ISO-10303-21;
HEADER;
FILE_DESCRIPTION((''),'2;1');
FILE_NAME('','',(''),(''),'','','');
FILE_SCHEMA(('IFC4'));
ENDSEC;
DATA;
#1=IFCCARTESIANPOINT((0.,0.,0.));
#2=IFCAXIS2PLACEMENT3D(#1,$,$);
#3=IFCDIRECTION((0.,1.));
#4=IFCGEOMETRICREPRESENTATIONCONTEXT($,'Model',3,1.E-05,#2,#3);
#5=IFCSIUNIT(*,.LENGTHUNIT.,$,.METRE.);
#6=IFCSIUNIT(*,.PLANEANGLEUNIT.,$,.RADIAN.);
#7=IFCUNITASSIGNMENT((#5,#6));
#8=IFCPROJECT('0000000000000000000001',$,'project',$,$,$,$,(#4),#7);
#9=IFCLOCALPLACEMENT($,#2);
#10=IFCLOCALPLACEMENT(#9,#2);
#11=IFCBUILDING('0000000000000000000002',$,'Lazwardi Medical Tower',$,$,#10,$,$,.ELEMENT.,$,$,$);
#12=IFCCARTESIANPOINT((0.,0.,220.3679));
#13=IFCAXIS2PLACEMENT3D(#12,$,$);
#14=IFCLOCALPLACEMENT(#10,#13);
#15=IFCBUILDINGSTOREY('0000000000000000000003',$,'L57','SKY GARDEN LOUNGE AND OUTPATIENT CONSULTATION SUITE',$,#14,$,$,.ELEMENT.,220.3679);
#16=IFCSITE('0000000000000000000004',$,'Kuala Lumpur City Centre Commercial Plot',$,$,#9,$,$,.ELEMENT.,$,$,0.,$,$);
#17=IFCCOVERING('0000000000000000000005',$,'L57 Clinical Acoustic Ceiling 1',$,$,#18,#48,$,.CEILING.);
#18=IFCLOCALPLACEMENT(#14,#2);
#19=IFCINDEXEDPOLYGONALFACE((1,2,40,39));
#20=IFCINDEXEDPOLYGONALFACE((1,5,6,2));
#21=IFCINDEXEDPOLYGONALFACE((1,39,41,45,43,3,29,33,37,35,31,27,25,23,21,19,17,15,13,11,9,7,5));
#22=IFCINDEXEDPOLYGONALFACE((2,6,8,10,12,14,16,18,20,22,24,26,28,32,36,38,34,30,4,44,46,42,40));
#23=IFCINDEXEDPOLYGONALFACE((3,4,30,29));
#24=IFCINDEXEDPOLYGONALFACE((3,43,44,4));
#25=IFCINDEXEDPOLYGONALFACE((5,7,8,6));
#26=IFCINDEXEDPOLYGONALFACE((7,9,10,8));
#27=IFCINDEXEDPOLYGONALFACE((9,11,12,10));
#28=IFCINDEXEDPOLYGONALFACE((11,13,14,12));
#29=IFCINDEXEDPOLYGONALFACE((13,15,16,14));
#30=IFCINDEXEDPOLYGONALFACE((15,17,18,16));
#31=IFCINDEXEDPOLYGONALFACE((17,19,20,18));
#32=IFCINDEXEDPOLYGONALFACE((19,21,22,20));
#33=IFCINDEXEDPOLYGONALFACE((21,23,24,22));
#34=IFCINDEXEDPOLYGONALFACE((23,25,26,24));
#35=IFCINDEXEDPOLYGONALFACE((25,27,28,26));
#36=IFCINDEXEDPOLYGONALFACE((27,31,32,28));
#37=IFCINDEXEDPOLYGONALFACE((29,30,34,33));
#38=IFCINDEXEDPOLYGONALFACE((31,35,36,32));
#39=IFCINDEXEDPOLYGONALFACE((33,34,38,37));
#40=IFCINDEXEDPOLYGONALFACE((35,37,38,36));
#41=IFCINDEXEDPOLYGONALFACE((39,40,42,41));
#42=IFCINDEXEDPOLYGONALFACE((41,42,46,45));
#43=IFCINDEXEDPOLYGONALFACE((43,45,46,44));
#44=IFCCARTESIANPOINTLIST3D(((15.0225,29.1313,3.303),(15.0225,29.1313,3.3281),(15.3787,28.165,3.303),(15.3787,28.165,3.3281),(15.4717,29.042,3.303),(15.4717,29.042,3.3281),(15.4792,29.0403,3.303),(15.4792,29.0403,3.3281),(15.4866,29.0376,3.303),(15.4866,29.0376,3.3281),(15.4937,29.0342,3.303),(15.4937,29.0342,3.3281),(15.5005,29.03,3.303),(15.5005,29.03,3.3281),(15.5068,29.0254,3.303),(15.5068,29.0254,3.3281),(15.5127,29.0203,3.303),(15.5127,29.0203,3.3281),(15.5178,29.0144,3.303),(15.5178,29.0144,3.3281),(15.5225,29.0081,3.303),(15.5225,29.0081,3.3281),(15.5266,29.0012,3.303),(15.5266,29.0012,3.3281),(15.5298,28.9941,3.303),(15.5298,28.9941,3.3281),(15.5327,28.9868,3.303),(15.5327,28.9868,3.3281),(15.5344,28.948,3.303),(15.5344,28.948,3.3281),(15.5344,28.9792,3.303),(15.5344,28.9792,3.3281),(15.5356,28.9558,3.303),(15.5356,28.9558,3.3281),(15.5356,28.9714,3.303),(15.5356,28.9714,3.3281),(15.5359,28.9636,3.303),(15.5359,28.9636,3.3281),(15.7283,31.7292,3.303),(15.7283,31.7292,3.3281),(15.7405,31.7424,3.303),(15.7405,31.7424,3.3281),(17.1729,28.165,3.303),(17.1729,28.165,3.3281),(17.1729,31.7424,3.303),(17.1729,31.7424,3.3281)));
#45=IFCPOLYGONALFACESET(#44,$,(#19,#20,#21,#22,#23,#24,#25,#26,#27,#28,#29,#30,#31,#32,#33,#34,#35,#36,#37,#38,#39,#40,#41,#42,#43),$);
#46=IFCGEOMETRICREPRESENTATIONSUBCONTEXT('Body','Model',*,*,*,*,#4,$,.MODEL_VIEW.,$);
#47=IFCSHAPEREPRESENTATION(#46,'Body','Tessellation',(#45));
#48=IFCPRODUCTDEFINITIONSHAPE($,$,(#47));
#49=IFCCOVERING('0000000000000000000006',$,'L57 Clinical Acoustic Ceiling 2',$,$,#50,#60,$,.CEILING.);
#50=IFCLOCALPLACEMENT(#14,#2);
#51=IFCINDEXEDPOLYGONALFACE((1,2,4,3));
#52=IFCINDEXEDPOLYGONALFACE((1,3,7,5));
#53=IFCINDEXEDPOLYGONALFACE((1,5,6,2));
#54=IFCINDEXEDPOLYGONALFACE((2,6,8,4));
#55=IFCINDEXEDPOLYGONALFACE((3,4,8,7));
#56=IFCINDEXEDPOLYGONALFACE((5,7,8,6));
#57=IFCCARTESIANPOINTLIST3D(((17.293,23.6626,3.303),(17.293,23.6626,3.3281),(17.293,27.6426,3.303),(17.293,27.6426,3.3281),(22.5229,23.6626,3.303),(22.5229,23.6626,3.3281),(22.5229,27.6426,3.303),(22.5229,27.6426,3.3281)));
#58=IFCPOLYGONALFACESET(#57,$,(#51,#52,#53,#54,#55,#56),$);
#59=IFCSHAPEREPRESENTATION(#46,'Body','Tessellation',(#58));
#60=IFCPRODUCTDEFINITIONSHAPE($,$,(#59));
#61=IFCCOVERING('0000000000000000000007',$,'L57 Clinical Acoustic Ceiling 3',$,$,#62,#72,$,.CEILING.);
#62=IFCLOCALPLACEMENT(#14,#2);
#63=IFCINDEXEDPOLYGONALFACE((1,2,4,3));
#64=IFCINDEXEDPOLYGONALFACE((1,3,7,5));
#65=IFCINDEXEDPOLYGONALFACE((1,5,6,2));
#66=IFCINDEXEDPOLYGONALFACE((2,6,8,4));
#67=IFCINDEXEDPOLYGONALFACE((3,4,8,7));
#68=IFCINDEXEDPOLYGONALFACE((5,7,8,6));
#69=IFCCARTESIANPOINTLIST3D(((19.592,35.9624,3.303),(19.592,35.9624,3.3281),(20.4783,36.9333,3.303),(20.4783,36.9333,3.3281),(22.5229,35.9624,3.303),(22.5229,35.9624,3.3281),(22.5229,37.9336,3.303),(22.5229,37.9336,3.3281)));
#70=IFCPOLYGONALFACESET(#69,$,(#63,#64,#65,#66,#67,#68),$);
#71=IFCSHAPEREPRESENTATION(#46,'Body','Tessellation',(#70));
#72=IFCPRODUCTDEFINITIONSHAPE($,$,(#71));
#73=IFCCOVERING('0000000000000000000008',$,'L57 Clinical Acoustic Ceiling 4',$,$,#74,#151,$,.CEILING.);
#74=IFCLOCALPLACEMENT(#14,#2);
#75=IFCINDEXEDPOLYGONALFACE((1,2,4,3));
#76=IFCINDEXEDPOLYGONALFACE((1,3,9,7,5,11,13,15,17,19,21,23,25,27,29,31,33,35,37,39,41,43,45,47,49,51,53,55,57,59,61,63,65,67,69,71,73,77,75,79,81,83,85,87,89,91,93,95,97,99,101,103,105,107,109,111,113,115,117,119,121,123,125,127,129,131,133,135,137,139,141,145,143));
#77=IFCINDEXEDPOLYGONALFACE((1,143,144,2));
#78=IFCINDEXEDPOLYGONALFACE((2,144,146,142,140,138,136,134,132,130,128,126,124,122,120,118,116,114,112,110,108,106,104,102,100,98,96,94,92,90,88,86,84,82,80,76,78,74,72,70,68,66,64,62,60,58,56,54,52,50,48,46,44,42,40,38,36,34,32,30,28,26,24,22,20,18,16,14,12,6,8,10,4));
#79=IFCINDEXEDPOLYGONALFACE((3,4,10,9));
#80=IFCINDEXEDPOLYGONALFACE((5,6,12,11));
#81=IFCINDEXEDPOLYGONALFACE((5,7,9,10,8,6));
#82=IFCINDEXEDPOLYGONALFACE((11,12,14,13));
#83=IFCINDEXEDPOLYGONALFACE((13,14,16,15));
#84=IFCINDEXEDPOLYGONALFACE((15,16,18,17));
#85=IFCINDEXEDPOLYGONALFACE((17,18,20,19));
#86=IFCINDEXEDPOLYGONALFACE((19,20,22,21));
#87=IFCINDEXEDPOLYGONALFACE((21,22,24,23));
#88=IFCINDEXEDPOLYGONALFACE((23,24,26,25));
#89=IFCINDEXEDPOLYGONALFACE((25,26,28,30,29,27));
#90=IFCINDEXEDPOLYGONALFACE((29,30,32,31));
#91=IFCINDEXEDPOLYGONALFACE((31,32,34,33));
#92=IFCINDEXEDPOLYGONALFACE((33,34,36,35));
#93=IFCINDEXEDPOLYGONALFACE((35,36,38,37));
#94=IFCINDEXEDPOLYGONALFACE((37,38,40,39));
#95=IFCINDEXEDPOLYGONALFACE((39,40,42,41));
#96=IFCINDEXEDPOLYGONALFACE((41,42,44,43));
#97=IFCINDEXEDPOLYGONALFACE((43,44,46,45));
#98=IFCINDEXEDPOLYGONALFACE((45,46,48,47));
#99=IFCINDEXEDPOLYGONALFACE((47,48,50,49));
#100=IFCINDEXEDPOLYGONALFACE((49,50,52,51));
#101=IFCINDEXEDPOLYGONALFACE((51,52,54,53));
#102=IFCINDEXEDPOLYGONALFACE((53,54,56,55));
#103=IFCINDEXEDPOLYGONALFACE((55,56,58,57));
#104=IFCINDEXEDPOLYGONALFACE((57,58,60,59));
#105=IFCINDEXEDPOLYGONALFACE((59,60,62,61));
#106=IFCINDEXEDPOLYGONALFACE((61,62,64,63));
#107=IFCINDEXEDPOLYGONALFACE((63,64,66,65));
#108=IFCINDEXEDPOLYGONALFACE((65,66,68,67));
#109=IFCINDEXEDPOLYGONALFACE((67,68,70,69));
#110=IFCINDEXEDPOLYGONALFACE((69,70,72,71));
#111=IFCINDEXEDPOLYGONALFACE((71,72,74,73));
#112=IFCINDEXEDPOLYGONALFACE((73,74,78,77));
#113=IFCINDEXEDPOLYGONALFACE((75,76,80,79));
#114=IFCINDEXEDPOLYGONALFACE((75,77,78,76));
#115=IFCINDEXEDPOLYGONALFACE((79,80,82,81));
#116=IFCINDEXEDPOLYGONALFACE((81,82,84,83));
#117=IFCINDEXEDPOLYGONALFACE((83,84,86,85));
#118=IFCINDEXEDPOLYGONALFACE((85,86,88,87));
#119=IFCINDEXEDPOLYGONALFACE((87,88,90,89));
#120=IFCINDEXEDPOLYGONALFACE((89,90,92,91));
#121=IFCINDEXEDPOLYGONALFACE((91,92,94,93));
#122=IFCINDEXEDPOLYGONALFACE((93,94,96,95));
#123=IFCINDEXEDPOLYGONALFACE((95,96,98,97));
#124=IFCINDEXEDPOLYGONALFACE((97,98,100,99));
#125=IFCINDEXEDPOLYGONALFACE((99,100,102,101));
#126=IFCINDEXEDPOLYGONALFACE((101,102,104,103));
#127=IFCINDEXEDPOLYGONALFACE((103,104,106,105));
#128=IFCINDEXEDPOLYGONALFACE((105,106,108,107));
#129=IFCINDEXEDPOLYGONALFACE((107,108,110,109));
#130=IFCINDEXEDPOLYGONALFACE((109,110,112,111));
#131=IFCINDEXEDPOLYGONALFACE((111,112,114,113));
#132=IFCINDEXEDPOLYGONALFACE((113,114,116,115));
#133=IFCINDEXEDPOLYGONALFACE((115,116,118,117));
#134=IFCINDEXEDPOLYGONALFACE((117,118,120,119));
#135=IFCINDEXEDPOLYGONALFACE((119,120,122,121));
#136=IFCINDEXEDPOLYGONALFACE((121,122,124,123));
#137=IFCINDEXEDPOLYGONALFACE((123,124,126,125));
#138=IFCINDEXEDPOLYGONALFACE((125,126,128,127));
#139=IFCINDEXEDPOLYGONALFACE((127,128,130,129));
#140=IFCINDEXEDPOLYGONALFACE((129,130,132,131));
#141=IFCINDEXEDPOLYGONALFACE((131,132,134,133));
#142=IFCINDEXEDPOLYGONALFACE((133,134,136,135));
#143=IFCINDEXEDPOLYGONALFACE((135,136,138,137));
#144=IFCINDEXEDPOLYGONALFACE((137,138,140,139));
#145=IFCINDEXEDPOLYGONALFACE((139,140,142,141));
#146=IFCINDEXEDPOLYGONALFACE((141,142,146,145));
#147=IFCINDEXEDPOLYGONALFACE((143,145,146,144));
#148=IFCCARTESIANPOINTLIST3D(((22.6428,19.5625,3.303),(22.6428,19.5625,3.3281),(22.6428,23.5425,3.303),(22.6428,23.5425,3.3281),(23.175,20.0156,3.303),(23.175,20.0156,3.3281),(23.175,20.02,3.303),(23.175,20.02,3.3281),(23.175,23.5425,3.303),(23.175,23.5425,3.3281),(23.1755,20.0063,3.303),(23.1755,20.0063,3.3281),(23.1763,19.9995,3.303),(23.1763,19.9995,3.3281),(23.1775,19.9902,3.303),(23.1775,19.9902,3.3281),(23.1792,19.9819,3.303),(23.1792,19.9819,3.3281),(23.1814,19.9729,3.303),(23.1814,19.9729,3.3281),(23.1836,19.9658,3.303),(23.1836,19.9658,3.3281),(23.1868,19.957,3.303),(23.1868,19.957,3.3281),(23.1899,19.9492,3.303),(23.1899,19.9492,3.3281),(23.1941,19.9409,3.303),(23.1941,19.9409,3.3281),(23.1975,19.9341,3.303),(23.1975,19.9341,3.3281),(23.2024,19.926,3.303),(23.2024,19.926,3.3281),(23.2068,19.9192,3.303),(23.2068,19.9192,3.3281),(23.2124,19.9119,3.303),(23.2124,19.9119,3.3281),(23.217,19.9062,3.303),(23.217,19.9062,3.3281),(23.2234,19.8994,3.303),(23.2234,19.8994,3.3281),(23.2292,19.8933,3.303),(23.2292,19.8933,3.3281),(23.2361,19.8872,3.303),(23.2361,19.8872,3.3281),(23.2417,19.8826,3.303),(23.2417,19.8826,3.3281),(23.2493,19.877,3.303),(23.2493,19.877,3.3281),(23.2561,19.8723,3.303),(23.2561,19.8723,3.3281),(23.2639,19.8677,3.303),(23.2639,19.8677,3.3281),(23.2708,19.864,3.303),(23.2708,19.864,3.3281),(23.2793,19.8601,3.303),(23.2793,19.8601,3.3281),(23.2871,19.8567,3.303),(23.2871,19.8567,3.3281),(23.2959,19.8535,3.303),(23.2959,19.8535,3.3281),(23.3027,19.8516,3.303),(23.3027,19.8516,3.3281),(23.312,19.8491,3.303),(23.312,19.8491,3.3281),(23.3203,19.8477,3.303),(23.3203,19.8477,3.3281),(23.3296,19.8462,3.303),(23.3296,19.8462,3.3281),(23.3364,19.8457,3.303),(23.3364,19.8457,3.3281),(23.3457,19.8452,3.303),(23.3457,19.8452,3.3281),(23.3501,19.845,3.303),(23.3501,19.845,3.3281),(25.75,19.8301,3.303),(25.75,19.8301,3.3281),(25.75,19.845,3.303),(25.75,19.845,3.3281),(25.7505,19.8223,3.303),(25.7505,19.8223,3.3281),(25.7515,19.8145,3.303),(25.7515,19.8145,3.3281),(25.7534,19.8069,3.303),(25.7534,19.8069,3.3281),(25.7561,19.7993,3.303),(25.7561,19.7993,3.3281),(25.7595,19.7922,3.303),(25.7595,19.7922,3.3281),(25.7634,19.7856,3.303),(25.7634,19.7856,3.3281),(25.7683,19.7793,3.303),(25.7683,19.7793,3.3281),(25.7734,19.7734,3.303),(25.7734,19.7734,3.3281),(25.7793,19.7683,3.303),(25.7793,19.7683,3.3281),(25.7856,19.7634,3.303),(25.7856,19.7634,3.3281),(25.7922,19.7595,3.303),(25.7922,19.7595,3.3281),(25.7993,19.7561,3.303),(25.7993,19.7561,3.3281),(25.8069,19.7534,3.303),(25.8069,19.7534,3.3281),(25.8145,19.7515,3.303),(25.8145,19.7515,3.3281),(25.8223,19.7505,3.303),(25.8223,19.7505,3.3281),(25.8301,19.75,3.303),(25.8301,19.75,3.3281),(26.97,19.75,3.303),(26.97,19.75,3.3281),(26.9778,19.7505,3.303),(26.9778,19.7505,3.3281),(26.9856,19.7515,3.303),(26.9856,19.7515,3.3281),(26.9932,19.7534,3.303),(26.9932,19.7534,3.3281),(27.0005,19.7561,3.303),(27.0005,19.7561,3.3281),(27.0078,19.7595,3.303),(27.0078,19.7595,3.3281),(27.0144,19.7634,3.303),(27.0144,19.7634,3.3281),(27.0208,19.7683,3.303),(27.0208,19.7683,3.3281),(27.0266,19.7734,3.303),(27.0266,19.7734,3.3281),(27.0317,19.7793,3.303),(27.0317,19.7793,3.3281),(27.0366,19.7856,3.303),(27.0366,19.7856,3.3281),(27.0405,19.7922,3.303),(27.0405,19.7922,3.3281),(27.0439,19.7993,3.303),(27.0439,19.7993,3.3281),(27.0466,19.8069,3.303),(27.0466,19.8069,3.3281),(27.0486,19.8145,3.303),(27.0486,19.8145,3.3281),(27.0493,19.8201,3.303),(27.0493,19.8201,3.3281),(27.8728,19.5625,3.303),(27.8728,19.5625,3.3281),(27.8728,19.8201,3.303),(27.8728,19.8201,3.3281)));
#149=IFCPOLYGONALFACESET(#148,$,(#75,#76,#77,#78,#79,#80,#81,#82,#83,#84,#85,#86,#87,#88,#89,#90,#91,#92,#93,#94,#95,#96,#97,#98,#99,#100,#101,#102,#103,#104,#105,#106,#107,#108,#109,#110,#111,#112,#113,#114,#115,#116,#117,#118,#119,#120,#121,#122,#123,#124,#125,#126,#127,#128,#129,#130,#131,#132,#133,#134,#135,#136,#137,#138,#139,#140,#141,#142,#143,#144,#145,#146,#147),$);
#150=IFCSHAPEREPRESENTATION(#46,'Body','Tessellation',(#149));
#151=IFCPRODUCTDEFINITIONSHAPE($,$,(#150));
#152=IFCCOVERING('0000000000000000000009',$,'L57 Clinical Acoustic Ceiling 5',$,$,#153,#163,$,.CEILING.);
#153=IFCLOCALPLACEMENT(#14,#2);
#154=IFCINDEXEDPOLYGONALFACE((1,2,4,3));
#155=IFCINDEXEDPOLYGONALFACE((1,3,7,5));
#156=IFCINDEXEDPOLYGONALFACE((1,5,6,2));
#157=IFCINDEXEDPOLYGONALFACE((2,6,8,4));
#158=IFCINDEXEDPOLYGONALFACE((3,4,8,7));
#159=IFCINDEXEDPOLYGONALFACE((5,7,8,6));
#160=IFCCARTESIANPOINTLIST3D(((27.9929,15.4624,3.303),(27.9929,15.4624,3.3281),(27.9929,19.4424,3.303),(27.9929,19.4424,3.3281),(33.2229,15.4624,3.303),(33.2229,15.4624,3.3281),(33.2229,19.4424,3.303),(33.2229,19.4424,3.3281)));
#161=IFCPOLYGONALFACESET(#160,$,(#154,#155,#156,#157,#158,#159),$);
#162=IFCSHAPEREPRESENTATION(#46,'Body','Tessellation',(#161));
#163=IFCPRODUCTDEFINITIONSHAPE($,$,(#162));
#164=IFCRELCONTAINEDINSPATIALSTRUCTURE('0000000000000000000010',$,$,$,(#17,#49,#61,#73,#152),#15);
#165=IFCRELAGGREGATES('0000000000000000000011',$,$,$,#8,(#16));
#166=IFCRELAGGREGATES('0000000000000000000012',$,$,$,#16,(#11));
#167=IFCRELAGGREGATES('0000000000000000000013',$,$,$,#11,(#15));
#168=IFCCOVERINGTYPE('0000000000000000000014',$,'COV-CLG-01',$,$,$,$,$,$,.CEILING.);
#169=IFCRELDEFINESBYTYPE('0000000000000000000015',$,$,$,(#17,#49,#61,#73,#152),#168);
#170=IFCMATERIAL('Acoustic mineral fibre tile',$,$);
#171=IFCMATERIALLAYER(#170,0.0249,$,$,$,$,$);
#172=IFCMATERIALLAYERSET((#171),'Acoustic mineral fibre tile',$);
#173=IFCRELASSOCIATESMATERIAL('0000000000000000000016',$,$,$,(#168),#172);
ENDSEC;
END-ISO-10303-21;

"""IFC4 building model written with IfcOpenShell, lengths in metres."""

from ifc_helpers import new_model, si_unit, direction, frame, origin, place, context, subcontext, project, spatial, polyline, outline, extrude, material, layer, layer_set, type_object, element, save


model = new_model("IFC4")

# Units and contexts
model_context = context("Model", 3, precision=1e-05, world=origin(), true_north=direction((0.0, 1.0)))
body_context = subcontext(model_context, "Body", "Model", "MODEL_VIEW")
ifc_project = project(units=[si_unit("LENGTHUNIT", "METRE"), si_unit("PLANEANGLEUNIT", "RADIAN")], contexts=[model_context])

# Site, building, storey
site_placement = place(None, origin())
site = spatial("IfcSite", under=ifc_project, at=site_placement, Name="Kuala Lumpur City Centre Commercial Plot", CompositionType="ELEMENT", RefElevation=0.0)
building_placement = place(site_placement, origin())
building = spatial("IfcBuilding", under=site, at=building_placement, Name="Lazwardi Medical Tower", CompositionType="ELEMENT")
storey_placement = place(building_placement, frame((0.0, 0.0, 220.3679)))
storey = spatial("IfcBuildingStorey", under=building, at=storey_placement, Name="L57", Description="SKY GARDEN LOUNGE AND OUTPATIENT CONSULTATION SUITE", CompositionType="ELEMENT", Elevation=220.3679)

# Coverings
ifc_material_1 = material(Name="Acoustic mineral fibre tile")
ifc_layer_1 = layer(ifc_material_1, 0.0249)
ifc_layer_set_1 = layer_set([ifc_layer_1], Name="Acoustic mineral fibre tile")
covering_type_1 = type_object("IfcCoveringType", Name="COV-CLG-01", PredefinedType="CEILING", material=ifc_layer_set_1)
covering_1_placement = place(storey_placement, frame((0.0, 0.0, 3.303)))
element("IfcCovering", 1, at=covering_1_placement, inside=storey, type_object=covering_type_1, Name="L57 Clinical Acoustic Ceiling 1", PredefinedType="CEILING", context=body_context, shape_type="SweptSolid", body=[
    extrude(outline(polyline([(15.7405, 31.7424), (15.7283, 31.7292), (15.0225, 29.1313), (15.4717, 29.042), (15.4792, 29.0403), (15.4866, 29.0376), (15.4937, 29.0342), (15.5005, 29.03), (15.5068, 29.0254), (15.5127, 29.0203), (15.5178, 29.0144), (15.5225, 29.0081), (15.5266, 29.0012), (15.5298, 28.9941), (15.5327, 28.9868), (15.5344, 28.9792), (15.5356, 28.9714), (15.5359, 28.9636), (15.5356, 28.9558), (15.5344, 28.948), (15.3787, 28.165), (17.1729, 28.165), (17.1729, 31.7424), (15.7405, 31.7424)])), origin(), (0.0, 0.0, 1.0), 0.0251),
])
covering_2_placement = place(storey_placement, frame((0.0, 0.0, 3.303)))
element("IfcCovering", 2, at=covering_2_placement, inside=storey, type_object=covering_type_1, Name="L57 Clinical Acoustic Ceiling 2", PredefinedType="CEILING", context=body_context, shape_type="SweptSolid", body=[
    extrude(outline(polyline([(22.5229, 23.6626), (22.5229, 27.6426), (17.293, 27.6426), (17.293, 23.6626), (22.5229, 23.6626)])), origin(), (0.0, 0.0, 1.0), 0.0251),
])
covering_3_placement = place(storey_placement, frame((0.0, 0.0, 3.303)))
element("IfcCovering", 3, at=covering_3_placement, inside=storey, type_object=covering_type_1, Name="L57 Clinical Acoustic Ceiling 3", PredefinedType="CEILING", context=body_context, shape_type="SweptSolid", body=[
    extrude(outline(polyline([(22.5229, 37.9336), (20.4783, 36.9333), (19.592, 35.9624), (22.5229, 35.9624), (22.5229, 37.9336)])), origin(), (0.0, 0.0, 1.0), 0.0251),
])
covering_4_placement = place(storey_placement, frame((0.0, 0.0, 3.303)))
element("IfcCovering", 4, at=covering_4_placement, inside=storey, type_object=covering_type_1, Name="L57 Clinical Acoustic Ceiling 4", PredefinedType="CEILING", context=body_context, shape_type="SweptSolid", body=[
    extrude(outline(polyline([(27.8728, 19.8201), (27.0493, 19.8201), (27.0486, 19.8145), (27.0466, 19.8069), (27.0439, 19.7993), (27.0405, 19.7922), (27.0366, 19.7856), (27.0317, 19.7793), (27.0266, 19.7734), (27.0208, 19.7683), (27.0144, 19.7634), (27.0078, 19.7595), (27.0005, 19.7561), (26.9932, 19.7534), (26.9856, 19.7515), (26.9778, 19.7505), (26.97, 19.75), (25.8301, 19.75), (25.8223, 19.7505), (25.8145, 19.7515), (25.8069, 19.7534), (25.7993, 19.7561), (25.7922, 19.7595), (25.7856, 19.7634), (25.7793, 19.7683), (25.7734, 19.7734), (25.7683, 19.7793), (25.7634, 19.7856), (25.7595, 19.7922), (25.7561, 19.7993), (25.7534, 19.8069), (25.7515, 19.8145), (25.7505, 19.8223), (25.75, 19.8301), (25.75, 19.845), (23.3501, 19.845), (23.3457, 19.8452), (23.3364, 19.8457), (23.3296, 19.8462), (23.3203, 19.8477), (23.312, 19.8491), (23.3027, 19.8516), (23.2959, 19.8535), (23.2871, 19.8567), (23.2793, 19.8601), (23.2708, 19.864), (23.2639, 19.8677), (23.2561, 19.8723), (23.2493, 19.877), (23.2417, 19.8826), (23.2361, 19.8872), (23.2292, 19.8933), (23.2234, 19.8994), (23.217, 19.9062), (23.2124, 19.9119), (23.2068, 19.9192), (23.2024, 19.926), (23.1975, 19.9341), (23.1941, 19.9409), (23.1899, 19.9492), (23.1868, 19.957), (23.1836, 19.9658), (23.1814, 19.9729), (23.1792, 19.9819), (23.1775, 19.9902), (23.1763, 19.9995), (23.1755, 20.0063), (23.175, 20.0156), (23.175, 20.02), (23.175, 23.5425), (22.6428, 23.5425), (22.6428, 19.5625), (27.8728, 19.5625), (27.8728, 19.8201)])), origin(), (0.0, 0.0, 1.0), 0.0251),
])
covering_5_placement = place(storey_placement, frame((0.0, 0.0, 3.303)))
element("IfcCovering", 5, at=covering_5_placement, inside=storey, type_object=covering_type_1, Name="L57 Clinical Acoustic Ceiling 5", PredefinedType="CEILING", context=body_context, shape_type="SweptSolid", body=[
    extrude(outline(polyline([(33.2229, 15.4624), (33.2229, 19.4424), (27.9929, 19.4424), (27.9929, 15.4624), (33.2229, 15.4624)])), origin(), (0.0, 0.0, 1.0), 0.0251),
])

save(model, "model.ifc")
